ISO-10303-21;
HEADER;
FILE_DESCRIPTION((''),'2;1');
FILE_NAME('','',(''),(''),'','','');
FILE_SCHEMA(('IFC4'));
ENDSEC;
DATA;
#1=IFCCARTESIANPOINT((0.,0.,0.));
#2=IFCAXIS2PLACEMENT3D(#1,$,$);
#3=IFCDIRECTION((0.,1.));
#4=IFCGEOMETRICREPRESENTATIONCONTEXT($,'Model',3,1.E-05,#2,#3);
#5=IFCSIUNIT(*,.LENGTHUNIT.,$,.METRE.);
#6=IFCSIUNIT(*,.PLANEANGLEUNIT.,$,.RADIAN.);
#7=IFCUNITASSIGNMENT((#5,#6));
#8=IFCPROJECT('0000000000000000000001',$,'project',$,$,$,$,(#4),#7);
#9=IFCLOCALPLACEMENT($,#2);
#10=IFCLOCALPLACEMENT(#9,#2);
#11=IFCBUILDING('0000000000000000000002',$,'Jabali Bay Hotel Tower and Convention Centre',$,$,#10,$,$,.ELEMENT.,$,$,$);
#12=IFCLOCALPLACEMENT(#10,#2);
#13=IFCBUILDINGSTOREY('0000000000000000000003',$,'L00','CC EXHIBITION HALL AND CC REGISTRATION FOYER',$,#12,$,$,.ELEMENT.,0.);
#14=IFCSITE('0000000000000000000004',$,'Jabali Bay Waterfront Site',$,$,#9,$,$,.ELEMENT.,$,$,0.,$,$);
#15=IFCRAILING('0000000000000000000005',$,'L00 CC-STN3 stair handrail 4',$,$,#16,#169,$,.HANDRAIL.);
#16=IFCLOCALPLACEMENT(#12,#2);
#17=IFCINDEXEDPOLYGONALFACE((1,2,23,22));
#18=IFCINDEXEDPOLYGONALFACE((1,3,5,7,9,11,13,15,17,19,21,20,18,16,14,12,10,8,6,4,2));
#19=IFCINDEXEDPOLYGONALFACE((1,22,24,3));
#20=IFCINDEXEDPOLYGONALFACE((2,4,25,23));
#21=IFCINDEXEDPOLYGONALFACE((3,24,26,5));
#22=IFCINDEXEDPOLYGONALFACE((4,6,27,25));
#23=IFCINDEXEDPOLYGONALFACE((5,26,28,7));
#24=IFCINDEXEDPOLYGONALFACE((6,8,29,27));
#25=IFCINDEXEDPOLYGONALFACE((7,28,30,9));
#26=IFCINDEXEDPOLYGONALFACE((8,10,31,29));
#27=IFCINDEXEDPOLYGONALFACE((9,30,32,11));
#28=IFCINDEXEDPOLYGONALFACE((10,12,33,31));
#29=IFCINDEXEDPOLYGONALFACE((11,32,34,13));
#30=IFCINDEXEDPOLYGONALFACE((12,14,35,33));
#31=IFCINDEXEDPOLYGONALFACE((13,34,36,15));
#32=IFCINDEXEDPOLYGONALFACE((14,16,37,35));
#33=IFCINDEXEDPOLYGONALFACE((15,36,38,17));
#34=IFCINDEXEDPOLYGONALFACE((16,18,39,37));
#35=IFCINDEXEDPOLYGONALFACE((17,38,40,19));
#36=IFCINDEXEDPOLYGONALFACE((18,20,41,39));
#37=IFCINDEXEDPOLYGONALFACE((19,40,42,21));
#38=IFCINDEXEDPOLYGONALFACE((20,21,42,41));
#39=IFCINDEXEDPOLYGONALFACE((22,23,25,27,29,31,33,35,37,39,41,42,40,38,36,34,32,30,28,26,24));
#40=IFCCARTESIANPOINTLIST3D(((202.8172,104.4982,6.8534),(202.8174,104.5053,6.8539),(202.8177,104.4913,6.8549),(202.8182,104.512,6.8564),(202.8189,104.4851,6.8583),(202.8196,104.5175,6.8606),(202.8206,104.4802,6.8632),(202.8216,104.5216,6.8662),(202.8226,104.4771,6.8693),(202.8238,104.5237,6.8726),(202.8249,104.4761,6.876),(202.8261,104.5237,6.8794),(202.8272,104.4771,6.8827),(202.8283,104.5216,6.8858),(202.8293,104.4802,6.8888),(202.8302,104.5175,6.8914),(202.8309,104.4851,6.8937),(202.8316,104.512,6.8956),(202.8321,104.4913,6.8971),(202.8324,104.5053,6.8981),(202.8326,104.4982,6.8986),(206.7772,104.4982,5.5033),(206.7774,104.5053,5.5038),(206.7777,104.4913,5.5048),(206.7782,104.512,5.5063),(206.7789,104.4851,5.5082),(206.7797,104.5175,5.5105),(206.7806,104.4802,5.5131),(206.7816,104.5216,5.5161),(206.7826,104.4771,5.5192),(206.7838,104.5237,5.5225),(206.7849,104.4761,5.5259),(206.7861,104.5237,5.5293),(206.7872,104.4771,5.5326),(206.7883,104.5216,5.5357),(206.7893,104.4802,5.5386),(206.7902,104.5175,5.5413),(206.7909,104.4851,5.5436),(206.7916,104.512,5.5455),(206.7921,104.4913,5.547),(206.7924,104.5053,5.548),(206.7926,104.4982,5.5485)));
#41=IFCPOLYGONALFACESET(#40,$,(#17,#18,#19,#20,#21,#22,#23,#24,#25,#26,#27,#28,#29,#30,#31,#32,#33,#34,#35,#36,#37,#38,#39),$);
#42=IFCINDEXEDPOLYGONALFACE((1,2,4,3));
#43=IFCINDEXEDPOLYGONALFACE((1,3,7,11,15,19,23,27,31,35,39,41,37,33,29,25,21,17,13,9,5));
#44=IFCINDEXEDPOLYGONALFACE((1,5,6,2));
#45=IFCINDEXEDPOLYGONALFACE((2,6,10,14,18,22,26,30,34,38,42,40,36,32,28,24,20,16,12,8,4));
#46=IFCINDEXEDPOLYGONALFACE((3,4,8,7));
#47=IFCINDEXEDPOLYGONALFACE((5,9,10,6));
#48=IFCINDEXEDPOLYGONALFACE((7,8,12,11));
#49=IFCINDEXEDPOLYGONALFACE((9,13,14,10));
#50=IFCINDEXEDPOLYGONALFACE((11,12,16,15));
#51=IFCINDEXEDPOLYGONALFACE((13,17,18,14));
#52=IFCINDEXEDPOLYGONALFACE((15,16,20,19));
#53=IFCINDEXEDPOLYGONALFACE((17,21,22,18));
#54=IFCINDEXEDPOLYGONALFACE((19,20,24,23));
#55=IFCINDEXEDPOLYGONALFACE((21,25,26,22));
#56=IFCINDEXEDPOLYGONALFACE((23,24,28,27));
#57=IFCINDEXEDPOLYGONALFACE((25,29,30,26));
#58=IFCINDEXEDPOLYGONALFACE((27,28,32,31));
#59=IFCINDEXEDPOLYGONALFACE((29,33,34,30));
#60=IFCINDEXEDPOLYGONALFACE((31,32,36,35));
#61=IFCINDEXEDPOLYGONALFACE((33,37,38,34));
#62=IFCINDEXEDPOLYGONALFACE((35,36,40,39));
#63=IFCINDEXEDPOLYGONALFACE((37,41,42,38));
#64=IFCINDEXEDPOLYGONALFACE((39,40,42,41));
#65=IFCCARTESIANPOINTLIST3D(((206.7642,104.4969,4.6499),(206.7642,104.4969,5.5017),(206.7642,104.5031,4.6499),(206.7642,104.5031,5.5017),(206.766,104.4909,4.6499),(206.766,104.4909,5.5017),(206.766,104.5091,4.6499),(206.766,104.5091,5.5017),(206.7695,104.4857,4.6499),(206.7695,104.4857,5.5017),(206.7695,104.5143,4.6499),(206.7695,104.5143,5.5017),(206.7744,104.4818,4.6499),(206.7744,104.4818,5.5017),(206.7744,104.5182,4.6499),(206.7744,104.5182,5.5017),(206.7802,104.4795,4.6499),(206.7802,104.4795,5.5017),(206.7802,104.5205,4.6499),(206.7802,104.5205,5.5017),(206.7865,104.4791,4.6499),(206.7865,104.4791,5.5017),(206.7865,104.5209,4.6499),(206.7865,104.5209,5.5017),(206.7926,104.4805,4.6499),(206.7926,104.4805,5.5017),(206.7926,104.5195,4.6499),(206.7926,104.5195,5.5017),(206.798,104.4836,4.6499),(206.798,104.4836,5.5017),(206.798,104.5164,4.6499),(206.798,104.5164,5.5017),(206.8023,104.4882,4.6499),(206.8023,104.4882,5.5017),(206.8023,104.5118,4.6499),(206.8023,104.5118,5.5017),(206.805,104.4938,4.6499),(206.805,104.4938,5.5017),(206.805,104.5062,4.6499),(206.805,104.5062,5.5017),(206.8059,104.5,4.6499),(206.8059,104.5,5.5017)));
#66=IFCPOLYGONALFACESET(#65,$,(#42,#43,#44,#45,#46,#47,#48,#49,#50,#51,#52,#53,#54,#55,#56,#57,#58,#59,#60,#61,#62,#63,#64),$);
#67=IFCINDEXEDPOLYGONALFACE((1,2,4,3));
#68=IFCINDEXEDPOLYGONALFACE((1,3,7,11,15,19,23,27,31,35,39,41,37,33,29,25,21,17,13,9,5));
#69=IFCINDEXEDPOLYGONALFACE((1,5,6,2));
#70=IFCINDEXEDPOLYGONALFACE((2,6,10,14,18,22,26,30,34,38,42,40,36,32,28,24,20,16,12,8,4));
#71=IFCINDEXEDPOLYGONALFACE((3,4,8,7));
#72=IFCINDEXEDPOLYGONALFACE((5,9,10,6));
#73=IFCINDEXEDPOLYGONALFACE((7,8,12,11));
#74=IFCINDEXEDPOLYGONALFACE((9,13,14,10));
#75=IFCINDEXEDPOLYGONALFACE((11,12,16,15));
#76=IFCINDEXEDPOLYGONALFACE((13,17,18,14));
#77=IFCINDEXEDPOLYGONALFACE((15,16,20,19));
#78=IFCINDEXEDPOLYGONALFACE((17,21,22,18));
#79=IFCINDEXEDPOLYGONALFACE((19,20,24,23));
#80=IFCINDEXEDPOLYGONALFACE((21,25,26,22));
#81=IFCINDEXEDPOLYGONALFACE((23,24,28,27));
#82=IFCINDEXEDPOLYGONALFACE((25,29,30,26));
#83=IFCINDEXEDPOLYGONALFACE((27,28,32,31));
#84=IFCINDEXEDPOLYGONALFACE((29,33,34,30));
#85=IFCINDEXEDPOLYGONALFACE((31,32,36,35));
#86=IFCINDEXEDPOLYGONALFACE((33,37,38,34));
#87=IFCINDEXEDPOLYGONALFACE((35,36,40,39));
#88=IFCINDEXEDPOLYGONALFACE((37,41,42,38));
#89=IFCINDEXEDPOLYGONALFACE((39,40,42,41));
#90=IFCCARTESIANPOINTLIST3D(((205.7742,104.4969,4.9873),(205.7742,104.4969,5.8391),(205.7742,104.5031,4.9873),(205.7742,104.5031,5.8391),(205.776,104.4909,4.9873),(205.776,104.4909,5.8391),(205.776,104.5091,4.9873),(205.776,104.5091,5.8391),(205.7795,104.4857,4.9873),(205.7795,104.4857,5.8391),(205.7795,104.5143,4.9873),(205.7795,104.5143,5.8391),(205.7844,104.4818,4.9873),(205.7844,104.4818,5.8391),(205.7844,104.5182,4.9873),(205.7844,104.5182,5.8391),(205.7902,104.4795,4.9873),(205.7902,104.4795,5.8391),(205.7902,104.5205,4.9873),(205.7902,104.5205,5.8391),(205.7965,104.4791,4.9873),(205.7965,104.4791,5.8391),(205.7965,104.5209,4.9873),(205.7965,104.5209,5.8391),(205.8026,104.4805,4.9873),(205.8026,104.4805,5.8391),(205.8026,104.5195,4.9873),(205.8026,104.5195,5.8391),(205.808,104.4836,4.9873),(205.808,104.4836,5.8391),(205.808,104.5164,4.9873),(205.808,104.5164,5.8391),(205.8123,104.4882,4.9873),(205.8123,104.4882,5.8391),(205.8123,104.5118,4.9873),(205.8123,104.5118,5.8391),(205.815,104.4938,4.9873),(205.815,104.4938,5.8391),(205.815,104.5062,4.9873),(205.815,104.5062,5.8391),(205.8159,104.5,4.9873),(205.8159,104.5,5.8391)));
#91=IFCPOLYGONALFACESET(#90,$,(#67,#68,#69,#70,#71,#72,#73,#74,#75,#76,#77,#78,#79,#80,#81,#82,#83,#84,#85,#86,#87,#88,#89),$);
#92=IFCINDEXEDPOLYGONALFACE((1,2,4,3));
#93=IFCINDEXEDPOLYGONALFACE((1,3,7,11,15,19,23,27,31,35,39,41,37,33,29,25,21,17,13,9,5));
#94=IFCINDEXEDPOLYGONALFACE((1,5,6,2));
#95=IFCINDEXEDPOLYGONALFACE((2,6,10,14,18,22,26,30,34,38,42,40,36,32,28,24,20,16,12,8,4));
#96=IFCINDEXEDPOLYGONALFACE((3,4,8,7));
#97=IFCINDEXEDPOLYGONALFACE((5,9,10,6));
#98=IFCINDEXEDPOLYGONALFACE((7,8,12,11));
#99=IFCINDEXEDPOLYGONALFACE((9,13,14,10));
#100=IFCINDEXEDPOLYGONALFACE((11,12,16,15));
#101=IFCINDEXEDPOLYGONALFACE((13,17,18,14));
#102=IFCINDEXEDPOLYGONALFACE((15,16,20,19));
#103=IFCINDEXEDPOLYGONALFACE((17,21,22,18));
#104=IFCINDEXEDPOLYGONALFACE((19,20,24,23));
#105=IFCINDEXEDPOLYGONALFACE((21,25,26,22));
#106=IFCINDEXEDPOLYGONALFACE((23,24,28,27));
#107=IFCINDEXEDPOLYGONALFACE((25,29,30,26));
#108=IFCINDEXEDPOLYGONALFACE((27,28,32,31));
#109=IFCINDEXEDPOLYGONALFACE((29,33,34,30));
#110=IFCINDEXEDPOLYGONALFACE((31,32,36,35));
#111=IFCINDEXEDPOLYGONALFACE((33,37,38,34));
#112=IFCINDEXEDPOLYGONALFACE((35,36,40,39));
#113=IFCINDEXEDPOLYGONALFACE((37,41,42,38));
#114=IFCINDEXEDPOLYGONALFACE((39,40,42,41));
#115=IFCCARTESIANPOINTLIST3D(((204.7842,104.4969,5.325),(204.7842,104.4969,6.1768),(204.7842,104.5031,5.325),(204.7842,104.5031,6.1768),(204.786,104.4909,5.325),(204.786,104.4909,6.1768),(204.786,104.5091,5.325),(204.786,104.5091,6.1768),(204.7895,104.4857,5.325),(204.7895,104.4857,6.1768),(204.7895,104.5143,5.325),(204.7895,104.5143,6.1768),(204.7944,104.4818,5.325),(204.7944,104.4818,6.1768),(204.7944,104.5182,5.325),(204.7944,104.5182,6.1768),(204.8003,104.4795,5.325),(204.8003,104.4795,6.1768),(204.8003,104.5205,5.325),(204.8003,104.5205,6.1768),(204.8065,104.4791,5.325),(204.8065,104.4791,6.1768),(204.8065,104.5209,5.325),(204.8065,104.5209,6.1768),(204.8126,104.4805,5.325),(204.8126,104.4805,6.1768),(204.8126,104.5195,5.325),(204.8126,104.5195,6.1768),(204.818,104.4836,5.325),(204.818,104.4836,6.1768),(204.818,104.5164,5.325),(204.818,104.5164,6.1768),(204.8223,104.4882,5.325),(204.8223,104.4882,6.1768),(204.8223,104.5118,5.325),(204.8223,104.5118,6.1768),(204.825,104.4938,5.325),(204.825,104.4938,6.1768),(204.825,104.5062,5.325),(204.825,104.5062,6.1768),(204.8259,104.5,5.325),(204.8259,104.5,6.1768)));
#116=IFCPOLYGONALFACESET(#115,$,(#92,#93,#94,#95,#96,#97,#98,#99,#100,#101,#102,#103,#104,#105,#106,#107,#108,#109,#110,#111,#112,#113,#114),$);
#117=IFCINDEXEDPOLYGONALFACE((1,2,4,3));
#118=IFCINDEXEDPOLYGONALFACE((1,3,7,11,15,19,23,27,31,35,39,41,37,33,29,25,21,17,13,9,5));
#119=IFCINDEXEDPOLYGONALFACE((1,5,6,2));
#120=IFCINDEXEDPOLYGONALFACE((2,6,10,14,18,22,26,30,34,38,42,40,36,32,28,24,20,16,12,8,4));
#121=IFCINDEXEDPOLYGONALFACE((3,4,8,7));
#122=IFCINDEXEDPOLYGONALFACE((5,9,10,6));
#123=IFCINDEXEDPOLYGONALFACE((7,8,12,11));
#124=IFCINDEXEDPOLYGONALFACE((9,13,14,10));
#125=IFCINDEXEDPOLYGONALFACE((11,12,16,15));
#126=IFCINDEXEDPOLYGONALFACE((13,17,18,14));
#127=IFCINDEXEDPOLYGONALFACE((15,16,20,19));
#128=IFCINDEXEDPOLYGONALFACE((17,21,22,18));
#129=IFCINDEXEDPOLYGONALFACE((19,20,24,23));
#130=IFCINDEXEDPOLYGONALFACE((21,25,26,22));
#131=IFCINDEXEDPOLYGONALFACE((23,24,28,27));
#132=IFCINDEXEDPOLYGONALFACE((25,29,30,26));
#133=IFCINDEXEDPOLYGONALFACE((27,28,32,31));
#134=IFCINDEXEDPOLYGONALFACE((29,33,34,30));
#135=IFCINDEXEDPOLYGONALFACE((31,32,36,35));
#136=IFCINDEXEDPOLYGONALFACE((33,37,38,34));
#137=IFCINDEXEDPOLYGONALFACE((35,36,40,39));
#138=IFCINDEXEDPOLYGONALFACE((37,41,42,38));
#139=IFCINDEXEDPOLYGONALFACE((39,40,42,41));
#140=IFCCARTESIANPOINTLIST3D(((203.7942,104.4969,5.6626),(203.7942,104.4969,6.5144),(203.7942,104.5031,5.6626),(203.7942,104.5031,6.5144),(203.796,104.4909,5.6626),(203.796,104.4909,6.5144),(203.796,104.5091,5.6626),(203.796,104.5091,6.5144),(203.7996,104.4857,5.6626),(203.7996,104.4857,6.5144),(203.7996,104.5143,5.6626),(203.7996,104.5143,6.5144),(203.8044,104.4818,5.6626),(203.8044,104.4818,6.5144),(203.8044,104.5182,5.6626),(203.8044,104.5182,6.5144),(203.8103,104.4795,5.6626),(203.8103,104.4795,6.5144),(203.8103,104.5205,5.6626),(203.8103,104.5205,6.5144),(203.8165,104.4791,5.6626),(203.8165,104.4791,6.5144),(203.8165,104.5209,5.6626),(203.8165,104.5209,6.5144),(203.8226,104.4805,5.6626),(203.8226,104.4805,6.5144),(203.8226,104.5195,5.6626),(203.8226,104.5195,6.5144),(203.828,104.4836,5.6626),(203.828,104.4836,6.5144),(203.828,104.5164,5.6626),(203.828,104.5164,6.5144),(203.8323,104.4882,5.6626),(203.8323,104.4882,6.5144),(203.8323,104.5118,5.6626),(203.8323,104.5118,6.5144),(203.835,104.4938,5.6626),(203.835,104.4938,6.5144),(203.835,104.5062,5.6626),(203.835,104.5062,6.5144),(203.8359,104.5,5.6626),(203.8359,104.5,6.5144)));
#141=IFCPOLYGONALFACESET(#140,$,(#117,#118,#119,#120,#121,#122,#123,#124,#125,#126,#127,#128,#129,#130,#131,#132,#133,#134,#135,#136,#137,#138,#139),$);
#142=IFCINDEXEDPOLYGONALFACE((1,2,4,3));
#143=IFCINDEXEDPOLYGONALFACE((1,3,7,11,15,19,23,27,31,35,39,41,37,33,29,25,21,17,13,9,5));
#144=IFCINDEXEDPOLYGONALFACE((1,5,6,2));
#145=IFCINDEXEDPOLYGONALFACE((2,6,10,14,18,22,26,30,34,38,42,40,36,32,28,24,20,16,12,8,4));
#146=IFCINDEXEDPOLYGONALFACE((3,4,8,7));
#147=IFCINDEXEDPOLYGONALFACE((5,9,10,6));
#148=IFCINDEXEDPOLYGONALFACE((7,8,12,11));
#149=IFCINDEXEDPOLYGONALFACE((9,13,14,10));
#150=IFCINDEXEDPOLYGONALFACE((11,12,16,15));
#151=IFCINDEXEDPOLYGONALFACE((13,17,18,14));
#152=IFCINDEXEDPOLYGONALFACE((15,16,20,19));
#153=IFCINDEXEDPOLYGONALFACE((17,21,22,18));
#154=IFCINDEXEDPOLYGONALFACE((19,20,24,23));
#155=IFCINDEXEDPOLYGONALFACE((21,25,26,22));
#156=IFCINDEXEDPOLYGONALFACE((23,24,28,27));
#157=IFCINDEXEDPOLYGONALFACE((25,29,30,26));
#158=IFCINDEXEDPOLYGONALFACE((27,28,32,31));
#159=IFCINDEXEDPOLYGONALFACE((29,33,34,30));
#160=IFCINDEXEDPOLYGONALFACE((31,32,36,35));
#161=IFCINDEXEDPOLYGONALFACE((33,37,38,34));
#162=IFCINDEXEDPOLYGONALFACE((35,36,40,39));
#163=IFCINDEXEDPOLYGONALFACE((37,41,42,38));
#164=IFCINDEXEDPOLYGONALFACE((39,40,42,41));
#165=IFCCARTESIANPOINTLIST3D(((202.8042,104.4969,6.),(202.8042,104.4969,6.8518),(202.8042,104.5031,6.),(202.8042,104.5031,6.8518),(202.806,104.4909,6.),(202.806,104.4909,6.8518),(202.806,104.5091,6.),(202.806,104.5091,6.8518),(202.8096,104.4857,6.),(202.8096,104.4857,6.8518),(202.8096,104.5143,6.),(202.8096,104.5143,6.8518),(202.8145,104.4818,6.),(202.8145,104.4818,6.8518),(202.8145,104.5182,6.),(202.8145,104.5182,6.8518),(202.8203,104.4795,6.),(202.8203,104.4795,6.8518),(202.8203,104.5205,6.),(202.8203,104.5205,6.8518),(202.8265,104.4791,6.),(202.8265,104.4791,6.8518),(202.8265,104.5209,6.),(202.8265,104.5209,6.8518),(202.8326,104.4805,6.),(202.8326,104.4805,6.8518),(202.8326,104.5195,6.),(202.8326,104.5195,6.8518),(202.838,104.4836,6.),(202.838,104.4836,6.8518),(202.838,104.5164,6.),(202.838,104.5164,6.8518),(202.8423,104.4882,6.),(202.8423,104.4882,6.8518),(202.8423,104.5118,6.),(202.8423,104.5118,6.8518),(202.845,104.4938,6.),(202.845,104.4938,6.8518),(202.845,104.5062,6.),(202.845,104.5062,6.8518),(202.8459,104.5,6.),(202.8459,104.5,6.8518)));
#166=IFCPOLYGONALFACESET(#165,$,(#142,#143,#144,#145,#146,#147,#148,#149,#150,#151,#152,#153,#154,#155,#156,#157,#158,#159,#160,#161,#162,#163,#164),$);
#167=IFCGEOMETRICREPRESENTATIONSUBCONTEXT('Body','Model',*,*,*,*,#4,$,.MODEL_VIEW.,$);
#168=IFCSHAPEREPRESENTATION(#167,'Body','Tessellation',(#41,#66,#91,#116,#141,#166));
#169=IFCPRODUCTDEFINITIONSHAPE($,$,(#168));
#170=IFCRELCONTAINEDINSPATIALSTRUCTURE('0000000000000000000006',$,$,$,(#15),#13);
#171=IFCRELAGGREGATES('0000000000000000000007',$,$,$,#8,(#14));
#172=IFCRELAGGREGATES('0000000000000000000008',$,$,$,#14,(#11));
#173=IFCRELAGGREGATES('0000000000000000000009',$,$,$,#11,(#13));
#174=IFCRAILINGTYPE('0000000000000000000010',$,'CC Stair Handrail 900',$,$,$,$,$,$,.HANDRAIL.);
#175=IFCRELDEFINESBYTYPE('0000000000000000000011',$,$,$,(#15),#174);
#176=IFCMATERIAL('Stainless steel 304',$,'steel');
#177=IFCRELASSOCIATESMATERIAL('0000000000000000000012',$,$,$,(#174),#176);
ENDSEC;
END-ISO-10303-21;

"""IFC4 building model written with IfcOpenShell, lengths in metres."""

from ifc_helpers import new_model, si_unit, direction, frame, origin, origin_2d, place, context, subcontext, project, spatial, circle, extrude, material, type_object, element, save


model = new_model("IFC4")

# Units and contexts
model_context = context("Model", 3, precision=1e-05, world=origin(), true_north=direction((0.0, 1.0)))
body_context = subcontext(model_context, "Body", "Model", "MODEL_VIEW")
ifc_project = project(units=[si_unit("LENGTHUNIT", "METRE"), si_unit("PLANEANGLEUNIT", "RADIAN")], contexts=[model_context])

# Site, building, storey
site_placement = place(None, origin())
site = spatial("IfcSite", under=ifc_project, at=site_placement, Name="Jabali Bay Waterfront Site", CompositionType="ELEMENT", RefElevation=0.0)
building_placement = place(site_placement, origin())
building = spatial("IfcBuilding", under=site, at=building_placement, Name="Jabali Bay Hotel Tower and Convention Centre", CompositionType="ELEMENT")
storey_placement = place(building_placement, origin())
storey = spatial("IfcBuildingStorey", under=building, at=storey_placement, Name="L00", Description="CC EXHIBITION HALL AND CC REGISTRATION FOYER", CompositionType="ELEMENT", Elevation=0.0)

# Railing
ifc_material_1 = material(Name="Stainless steel 304", Category="steel")
railing_type_1 = type_object("IfcRailingType", Name="CC Stair Handrail 900", PredefinedType="HANDRAIL", material=ifc_material_1)
railing_1_placement = place(storey_placement, frame((206.7849, 104.5, 4.6499)))
element("IfcRailing", 1, at=railing_1_placement, inside=storey, type_object=railing_type_1, Name="L00 CC-STN3 stair handrail 4", PredefinedType="HANDRAIL", context=body_context, shape_type="SweptSolid", body=[
    extrude(circle(Radius=0.0239, at=origin_2d()), frame((0.0, 0.0, 0.876), z_axis=(-0.946502, 0.0, 0.322698), x_axis=(0.0, -1.0, 0.0)), (0.0, 0.0, 1.0), 4.1838),
    extrude(circle(Radius=0.021, at=origin_2d()), origin(), (0.0, 0.0, 1.0), 0.8518),
    extrude(circle(Radius=0.021, at=origin_2d()), frame((-0.99, 0.0, 0.3374)), (0.0, 0.0, 1.0), 0.8518),
    extrude(circle(Radius=0.021, at=origin_2d()), frame((-1.98, 0.0, 0.675)), (0.0, 0.0, 1.0), 0.8518),
    extrude(circle(Radius=0.021, at=origin_2d()), frame((-2.97, 0.0, 1.0127)), (0.0, 0.0, 1.0), 0.8518),
    extrude(circle(Radius=0.021, at=origin_2d()), frame((-3.96, 0.0, 1.3501)), (0.0, 0.0, 1.0), 0.8518),
])

save(model, "model.ifc")
